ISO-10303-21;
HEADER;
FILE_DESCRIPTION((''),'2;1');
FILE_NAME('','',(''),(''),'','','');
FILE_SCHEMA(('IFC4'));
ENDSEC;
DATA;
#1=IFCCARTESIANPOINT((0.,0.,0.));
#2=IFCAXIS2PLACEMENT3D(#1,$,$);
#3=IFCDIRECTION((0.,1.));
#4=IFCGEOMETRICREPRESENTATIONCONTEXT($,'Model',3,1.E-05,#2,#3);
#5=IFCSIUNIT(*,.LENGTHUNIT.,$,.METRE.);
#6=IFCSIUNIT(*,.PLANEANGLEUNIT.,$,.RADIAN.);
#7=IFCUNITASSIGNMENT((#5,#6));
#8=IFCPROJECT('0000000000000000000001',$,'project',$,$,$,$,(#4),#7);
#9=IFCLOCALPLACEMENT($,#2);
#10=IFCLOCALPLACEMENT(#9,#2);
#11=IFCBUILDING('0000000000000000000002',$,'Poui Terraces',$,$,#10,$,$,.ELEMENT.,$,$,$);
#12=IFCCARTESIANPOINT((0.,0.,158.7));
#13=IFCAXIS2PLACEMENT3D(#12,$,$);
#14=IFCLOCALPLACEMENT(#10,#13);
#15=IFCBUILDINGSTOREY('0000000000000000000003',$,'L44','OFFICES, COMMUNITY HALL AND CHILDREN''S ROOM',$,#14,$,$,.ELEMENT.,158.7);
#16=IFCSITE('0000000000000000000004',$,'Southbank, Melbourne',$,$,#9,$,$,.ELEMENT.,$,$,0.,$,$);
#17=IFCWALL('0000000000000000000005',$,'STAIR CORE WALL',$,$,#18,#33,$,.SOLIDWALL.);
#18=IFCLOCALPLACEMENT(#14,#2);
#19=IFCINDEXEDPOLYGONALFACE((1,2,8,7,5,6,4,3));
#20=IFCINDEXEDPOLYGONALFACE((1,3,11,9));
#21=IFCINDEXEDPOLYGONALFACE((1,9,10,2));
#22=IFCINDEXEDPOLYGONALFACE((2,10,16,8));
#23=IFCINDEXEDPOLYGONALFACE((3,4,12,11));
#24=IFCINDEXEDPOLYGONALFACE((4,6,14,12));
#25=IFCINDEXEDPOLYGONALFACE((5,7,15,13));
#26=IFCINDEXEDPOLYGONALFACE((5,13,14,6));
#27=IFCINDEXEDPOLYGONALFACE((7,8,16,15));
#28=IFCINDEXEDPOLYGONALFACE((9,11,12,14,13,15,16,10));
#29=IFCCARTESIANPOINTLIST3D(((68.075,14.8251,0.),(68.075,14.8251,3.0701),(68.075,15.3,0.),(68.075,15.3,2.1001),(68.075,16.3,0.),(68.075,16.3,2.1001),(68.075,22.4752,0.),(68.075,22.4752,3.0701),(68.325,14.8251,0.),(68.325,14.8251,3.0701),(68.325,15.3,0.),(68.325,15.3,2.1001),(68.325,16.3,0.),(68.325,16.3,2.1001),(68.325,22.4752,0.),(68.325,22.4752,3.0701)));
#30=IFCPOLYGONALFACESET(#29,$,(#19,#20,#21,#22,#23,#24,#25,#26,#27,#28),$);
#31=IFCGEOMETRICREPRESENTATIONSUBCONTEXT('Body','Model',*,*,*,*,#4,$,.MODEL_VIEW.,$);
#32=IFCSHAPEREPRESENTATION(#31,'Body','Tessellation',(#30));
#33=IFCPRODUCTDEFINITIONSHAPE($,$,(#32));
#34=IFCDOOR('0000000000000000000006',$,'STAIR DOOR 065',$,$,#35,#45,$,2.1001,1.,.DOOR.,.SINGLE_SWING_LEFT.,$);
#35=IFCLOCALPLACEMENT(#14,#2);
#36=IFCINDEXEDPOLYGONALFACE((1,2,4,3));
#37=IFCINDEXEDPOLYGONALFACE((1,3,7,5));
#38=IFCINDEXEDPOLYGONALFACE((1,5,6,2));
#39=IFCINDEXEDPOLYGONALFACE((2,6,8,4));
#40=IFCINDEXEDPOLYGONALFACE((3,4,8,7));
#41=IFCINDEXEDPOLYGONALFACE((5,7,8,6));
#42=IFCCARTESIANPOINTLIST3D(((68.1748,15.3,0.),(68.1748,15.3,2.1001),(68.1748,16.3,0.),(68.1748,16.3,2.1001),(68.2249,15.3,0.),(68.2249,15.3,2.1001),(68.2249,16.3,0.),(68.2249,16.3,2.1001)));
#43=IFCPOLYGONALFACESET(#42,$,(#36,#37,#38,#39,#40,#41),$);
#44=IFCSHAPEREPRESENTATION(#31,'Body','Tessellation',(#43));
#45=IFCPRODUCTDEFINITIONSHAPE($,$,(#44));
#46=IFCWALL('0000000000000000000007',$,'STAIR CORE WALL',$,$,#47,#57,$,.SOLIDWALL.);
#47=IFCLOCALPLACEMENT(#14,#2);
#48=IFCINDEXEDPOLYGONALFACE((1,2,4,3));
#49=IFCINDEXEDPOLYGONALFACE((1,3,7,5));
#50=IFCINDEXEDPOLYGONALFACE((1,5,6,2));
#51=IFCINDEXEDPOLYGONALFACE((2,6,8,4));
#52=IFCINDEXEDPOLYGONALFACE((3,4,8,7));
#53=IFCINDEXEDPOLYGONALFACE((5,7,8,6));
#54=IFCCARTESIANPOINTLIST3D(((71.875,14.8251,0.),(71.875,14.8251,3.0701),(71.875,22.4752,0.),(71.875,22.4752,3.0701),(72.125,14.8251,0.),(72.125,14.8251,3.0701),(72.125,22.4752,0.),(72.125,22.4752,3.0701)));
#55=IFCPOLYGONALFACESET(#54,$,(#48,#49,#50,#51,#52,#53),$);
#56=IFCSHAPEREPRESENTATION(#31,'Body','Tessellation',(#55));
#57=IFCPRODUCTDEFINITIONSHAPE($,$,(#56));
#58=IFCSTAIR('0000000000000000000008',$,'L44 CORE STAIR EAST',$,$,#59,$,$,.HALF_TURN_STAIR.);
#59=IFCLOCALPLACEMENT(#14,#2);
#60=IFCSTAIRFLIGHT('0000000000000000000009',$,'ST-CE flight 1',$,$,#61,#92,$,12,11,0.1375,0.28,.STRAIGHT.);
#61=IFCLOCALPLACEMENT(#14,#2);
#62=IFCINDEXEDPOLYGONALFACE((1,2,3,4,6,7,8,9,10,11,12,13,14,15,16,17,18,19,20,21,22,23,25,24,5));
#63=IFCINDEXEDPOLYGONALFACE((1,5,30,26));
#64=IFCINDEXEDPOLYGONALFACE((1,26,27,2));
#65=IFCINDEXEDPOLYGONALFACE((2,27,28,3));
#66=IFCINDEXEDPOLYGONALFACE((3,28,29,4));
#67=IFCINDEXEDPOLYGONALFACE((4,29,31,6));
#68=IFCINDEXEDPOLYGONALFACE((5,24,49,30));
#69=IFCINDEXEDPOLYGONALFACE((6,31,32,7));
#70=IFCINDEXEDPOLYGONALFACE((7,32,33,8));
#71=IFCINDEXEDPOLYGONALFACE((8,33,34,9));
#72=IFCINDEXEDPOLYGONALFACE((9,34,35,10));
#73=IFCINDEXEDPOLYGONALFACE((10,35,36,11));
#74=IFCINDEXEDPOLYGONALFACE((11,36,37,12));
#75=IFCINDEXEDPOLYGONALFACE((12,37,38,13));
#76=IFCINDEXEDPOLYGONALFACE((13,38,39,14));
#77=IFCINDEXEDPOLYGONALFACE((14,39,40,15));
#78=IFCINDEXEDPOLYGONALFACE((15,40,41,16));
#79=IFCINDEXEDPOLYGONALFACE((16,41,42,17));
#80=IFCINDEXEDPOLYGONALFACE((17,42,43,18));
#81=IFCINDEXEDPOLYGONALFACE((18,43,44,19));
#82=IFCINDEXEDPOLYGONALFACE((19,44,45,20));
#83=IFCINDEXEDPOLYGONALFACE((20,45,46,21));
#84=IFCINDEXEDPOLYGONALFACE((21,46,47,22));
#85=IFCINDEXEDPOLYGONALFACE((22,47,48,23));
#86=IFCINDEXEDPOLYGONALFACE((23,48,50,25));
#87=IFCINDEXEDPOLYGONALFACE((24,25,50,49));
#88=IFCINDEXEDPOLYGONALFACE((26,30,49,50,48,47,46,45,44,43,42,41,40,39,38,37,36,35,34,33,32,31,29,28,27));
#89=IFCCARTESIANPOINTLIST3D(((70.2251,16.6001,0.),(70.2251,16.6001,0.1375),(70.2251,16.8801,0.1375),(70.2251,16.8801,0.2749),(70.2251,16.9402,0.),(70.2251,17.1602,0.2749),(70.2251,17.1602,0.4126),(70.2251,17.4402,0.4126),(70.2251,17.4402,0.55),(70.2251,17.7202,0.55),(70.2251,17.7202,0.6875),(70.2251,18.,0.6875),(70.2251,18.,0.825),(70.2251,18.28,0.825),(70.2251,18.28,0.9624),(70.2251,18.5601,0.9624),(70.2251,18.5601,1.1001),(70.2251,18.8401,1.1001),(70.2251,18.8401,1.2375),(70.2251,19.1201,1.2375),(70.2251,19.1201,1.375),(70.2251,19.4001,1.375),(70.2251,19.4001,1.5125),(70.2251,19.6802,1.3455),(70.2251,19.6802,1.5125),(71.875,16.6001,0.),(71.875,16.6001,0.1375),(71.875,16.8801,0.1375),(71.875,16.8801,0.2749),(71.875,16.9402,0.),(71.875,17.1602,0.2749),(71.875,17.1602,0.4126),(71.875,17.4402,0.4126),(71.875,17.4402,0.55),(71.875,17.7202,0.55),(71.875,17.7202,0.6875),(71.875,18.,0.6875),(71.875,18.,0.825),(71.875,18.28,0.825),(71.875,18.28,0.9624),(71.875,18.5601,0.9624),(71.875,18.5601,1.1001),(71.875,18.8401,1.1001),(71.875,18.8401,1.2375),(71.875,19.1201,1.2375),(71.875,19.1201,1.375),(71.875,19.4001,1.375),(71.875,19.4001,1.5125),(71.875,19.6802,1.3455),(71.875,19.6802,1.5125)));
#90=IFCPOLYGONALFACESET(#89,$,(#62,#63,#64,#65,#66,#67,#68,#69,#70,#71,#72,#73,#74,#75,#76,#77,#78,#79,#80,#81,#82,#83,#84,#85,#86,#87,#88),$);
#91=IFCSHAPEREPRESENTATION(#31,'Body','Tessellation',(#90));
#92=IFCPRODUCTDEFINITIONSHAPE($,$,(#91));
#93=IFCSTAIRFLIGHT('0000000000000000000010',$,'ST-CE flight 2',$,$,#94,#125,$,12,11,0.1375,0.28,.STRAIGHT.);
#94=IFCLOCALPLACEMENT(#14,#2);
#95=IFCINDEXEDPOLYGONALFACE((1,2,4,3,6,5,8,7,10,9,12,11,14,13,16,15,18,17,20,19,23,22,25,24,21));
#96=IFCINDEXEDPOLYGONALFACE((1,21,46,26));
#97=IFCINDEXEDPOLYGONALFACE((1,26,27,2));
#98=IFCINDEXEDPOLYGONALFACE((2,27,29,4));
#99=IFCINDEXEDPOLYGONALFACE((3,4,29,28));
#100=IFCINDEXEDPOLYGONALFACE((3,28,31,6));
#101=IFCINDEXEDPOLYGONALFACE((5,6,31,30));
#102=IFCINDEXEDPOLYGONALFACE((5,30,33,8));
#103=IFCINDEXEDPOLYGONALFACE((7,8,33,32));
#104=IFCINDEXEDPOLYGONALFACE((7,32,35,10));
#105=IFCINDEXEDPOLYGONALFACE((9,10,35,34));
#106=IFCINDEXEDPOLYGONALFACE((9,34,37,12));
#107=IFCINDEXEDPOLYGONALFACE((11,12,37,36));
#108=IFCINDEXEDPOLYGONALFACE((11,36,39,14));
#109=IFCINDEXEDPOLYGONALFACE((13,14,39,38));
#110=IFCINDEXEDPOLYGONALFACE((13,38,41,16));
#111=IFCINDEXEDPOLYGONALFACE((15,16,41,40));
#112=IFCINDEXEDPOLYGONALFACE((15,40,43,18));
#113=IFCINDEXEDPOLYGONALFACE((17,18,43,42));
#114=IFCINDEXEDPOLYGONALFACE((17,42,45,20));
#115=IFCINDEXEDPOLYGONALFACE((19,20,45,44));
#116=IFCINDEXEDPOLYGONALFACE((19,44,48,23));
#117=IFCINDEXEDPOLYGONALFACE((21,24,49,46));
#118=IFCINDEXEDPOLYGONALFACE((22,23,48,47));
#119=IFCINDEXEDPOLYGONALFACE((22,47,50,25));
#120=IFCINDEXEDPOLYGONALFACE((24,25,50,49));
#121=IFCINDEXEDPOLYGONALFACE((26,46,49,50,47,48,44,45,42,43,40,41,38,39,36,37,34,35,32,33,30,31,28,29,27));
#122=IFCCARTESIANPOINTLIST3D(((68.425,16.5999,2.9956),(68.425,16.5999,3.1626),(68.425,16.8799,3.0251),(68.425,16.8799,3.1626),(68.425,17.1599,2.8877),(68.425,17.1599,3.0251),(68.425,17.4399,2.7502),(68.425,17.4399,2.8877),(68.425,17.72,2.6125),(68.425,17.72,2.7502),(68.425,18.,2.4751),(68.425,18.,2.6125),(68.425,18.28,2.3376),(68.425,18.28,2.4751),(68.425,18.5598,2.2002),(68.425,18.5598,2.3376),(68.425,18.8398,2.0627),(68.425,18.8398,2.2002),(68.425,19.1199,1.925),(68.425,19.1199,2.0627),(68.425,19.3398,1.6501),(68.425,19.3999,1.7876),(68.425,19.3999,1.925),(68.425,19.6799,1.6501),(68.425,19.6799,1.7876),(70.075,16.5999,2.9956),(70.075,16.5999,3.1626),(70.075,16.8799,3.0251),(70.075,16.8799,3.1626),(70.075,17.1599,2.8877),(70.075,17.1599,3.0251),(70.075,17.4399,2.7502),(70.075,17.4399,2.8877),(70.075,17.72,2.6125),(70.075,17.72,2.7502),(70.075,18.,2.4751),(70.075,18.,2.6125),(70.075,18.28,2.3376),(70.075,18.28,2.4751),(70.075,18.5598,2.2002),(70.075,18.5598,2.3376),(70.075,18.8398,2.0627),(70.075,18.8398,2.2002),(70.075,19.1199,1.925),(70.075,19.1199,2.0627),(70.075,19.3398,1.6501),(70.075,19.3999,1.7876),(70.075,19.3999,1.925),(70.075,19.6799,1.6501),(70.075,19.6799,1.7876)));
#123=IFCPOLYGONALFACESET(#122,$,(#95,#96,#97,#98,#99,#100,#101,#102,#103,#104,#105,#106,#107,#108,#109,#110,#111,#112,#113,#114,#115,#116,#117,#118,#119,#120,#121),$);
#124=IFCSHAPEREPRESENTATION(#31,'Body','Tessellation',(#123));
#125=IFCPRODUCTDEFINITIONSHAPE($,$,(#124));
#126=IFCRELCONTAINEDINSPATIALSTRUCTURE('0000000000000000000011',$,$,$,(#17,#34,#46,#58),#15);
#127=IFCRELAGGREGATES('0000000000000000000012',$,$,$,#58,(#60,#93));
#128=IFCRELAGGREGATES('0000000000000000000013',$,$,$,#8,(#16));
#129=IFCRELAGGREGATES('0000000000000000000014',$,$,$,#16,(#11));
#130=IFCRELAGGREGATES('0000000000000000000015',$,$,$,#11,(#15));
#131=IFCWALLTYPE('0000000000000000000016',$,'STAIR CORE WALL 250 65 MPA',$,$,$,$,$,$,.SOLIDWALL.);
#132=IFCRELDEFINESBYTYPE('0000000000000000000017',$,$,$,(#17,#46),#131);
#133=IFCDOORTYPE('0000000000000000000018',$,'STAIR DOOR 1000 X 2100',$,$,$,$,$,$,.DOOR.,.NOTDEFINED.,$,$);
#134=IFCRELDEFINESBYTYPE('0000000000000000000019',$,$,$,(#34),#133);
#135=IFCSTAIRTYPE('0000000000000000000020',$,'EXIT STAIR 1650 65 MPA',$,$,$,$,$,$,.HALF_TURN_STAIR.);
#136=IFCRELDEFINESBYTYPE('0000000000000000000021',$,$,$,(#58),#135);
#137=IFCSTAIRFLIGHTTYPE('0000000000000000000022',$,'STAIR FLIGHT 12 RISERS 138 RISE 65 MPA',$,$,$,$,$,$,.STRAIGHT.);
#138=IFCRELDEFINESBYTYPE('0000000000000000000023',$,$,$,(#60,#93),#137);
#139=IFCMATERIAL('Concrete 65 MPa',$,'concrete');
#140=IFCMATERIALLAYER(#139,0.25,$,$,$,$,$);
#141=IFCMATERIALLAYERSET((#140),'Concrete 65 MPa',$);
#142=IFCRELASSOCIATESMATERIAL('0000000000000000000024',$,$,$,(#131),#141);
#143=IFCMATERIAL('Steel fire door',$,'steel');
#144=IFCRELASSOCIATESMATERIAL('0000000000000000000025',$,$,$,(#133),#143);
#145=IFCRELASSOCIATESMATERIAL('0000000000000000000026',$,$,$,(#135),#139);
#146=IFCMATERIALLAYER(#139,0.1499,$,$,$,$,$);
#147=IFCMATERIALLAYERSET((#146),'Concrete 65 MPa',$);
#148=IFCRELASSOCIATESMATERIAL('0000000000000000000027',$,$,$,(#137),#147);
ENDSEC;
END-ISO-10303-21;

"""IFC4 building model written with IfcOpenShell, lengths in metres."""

from ifc_helpers import new_model, si_unit, direction, frame, frame_2d, origin, place, context, subcontext, project, spatial, polyline, rectangle, outline, extrude, material, layer, layer_set, type_object, element, fill, aggregate, save


model = new_model("IFC4")

# Units and contexts
model_context = context("Model", 3, precision=1e-05, world=origin(), true_north=direction((0.0, 1.0)))
body_context = subcontext(model_context, "Body", "Model", "MODEL_VIEW")
ifc_project = project(units=[si_unit("LENGTHUNIT", "METRE"), si_unit("PLANEANGLEUNIT", "RADIAN")], contexts=[model_context])

# Site, building, storey
site_placement = place(None, origin())
site = spatial("IfcSite", under=ifc_project, at=site_placement, Name="Southbank, Melbourne", CompositionType="ELEMENT", RefElevation=0.0)
building_placement = place(site_placement, origin())
building = spatial("IfcBuilding", under=site, at=building_placement, Name="Poui Terraces", CompositionType="ELEMENT")
storey_placement = place(building_placement, frame((0.0, 0.0, 158.7)))
storey = spatial("IfcBuildingStorey", under=building, at=storey_placement, Name="L44", Description="OFFICES, COMMUNITY HALL AND CHILDREN'S ROOM", CompositionType="ELEMENT", Elevation=158.7)

# Shared definitions
ifc_material_1 = material(Name="Concrete 65 MPa", Category="concrete")

# Shared definitions
ifc_material_2 = material(Name="Steel fire door", Category="steel")

# Wall, opening, door
ifc_layer_1 = layer(ifc_material_1, 0.25)
ifc_layer_set_1 = layer_set([ifc_layer_1], Name="Concrete 65 MPa")
wall_type_1 = type_object("IfcWallType", Name="STAIR CORE WALL 250 65 MPA", PredefinedType="SOLIDWALL", material=ifc_layer_set_1)
wall_1_placement = place(storey_placement, frame((68.2, 14.825, 0.0), z_axis=(0.0, 0.0, 1.0), x_axis=(0.0, 1.0, 0.0)))
wall_1 = element("IfcWall", 1, at=wall_1_placement, inside=storey, type_object=wall_type_1, Name="STAIR CORE WALL", PredefinedType="SOLIDWALL", context=body_context, shape_type="SweptSolid", body=[
    extrude(rectangle(XDim=7.6501, YDim=0.25, at=frame_2d((3.8252, 0.0))), origin(), (0.0, 0.0, 1.0), 3.0701),
])
opening_1_placement = place(wall_1_placement, frame((0.4751, 0.0, 0.0)))
opening_1 = element("IfcOpeningElement", 2, at=opening_1_placement, cuts=wall_1, PredefinedType="OPENING", context=body_context, shape_type="SweptSolid", body=[
    extrude(rectangle(XDim=1.0, YDim=2.1001, at=frame_2d((0.5, 1.05))), frame((0.0, 0.135, 0.0), z_axis=(0.0, -1.0, 0.0), x_axis=(1.0, 0.0, 0.0)), (0.0, 0.0, 1.0), 0.27),
])
door_type_1 = type_object("IfcDoorType", Name="STAIR DOOR 1000 X 2100", OperationType="NOTDEFINED", PredefinedType="DOOR", material=ifc_material_2)
door_1_placement = place(opening_1_placement, frame((1.0, 0.0, 0.0), z_axis=(0.0, 0.0, 1.0), x_axis=(-1.0, 0.0, 0.0)))
door_1 = element("IfcDoor", 3, at=door_1_placement, inside=storey, type_object=door_type_1, Name="STAIR DOOR 065", OperationType="SINGLE_SWING_LEFT", OverallHeight=2.1001, OverallWidth=1.0, PredefinedType="DOOR", context=body_context, shape_type="SweptSolid", body=[
    extrude(rectangle(XDim=1.0, YDim=2.1001, at=frame_2d((0.5, 1.05))), frame((0.0, 0.0249, 0.0), z_axis=(0.0, -1.0, 0.0), x_axis=(1.0, 0.0, 0.0)), (0.0, 0.0, 1.0), 0.05),
])
fill(opening_1, door_1)

# Wall
wall_2_placement = place(storey_placement, frame((72.0, 14.825, 0.0), z_axis=(0.0, 0.0, 1.0), x_axis=(0.0, 1.0, 0.0)))
element("IfcWall", 4, at=wall_2_placement, inside=storey, type_object=wall_type_1, Name="STAIR CORE WALL", PredefinedType="SOLIDWALL", context=body_context, shape_type="SweptSolid", body=[
    extrude(rectangle(XDim=7.6501, YDim=0.25, at=frame_2d((3.8252, 0.0))), origin(), (0.0, 0.0, 1.0), 3.0701),
])

# Stair, stair flights
stair_type = type_object("IfcStairType", Name="EXIT STAIR 1650 65 MPA", PredefinedType="HALF_TURN_STAIR", material=ifc_material_1)
stair_placement = place(storey_placement, origin())
stair = element("IfcStair", 5, at=stair_placement, inside=storey, type_object=stair_type, Name="L44 CORE STAIR EAST", PredefinedType="HALF_TURN_STAIR")
ifc_layer_2 = layer(ifc_material_1, 0.1499)
ifc_layer_set_2 = layer_set([ifc_layer_2], Name="Concrete 65 MPa")
stair_flight_type = type_object("IfcStairFlightType", Name="STAIR FLIGHT 12 RISERS 138 RISE 65 MPA", PredefinedType="STRAIGHT", material=ifc_layer_set_2)
stair_flight_1_placement = place(storey_placement, frame((71.05, 16.6001, 0.0), z_axis=(0.0, 0.0, 1.0), x_axis=(0.0, 1.0, 0.0)))
stair_flight_1 = element("IfcStairFlight", 6, at=stair_flight_1_placement, type_object=stair_flight_type, Name="ST-CE flight 1", NumberOfRisers=12, NumberOfTreads=11, PredefinedType="STRAIGHT", RiserHeight=0.1375, TreadLength=0.28, context=body_context, shape_type="SweptSolid", body=[
    extrude(outline(polyline([(0.0, 0.0), (0.0, 0.1375), (0.28, 0.1375), (0.28, 0.2749), (0.5601, 0.2749), (0.5601, 0.4126), (0.8401, 0.4126), (0.8401, 0.55), (1.1201, 0.55), (1.1201, 0.6875), (1.3999, 0.6875), (1.3999, 0.825), (1.6799, 0.825), (1.6799, 0.9624), (1.96, 0.9624), (1.96, 1.1001), (2.24, 1.1001), (2.24, 1.2375), (2.52, 1.2375), (2.52, 1.375), (2.8, 1.375), (2.8, 1.5125), (3.0801, 1.5125), (3.0801, 1.6499), (3.0801, 1.3455), (0.3401, 0.0), (0.0, 0.0)])), frame((0.0, 0.825, 0.0), z_axis=(0.0, -1.0, 0.0), x_axis=(1.0, 0.0, 0.0)), (0.0, 0.0, 1.0), 1.6499),
])
stair_flight_2_placement = place(storey_placement, frame((69.25, 19.6799, 1.6501), z_axis=(0.0, 0.0, 1.0), x_axis=(0.0, -1.0, 0.0)))
stair_flight_2 = element("IfcStairFlight", 7, at=stair_flight_2_placement, type_object=stair_flight_type, Name="ST-CE flight 2", NumberOfRisers=12, NumberOfTreads=11, PredefinedType="STRAIGHT", RiserHeight=0.1375, TreadLength=0.28, context=body_context, shape_type="SweptSolid", body=[
    extrude(outline(polyline([(0.0, 0.0), (0.0, 0.1375), (0.28, 0.1375), (0.28, 0.2749), (0.5601, 0.2749), (0.5601, 0.4126), (0.8401, 0.4126), (0.8401, 0.55), (1.1201, 0.55), (1.1201, 0.6875), (1.3999, 0.6875), (1.3999, 0.825), (1.6799, 0.825), (1.6799, 0.9624), (1.96, 0.9624), (1.96, 1.1001), (2.24, 1.1001), (2.24, 1.2375), (2.52, 1.2375), (2.52, 1.375), (2.8, 1.375), (2.8, 1.5125), (3.0801, 1.5125), (3.0801, 1.6499), (3.0801, 1.3455), (0.3401, 0.0), (0.0, 0.0)])), frame((0.0, 0.825, 0.0), z_axis=(0.0, -1.0, 0.0), x_axis=(1.0, 0.0, 0.0)), (0.0, 0.0, 1.0), 1.6499),
])
aggregate(stair, [stair_flight_1, stair_flight_2])

save(model, "model.ifc")
